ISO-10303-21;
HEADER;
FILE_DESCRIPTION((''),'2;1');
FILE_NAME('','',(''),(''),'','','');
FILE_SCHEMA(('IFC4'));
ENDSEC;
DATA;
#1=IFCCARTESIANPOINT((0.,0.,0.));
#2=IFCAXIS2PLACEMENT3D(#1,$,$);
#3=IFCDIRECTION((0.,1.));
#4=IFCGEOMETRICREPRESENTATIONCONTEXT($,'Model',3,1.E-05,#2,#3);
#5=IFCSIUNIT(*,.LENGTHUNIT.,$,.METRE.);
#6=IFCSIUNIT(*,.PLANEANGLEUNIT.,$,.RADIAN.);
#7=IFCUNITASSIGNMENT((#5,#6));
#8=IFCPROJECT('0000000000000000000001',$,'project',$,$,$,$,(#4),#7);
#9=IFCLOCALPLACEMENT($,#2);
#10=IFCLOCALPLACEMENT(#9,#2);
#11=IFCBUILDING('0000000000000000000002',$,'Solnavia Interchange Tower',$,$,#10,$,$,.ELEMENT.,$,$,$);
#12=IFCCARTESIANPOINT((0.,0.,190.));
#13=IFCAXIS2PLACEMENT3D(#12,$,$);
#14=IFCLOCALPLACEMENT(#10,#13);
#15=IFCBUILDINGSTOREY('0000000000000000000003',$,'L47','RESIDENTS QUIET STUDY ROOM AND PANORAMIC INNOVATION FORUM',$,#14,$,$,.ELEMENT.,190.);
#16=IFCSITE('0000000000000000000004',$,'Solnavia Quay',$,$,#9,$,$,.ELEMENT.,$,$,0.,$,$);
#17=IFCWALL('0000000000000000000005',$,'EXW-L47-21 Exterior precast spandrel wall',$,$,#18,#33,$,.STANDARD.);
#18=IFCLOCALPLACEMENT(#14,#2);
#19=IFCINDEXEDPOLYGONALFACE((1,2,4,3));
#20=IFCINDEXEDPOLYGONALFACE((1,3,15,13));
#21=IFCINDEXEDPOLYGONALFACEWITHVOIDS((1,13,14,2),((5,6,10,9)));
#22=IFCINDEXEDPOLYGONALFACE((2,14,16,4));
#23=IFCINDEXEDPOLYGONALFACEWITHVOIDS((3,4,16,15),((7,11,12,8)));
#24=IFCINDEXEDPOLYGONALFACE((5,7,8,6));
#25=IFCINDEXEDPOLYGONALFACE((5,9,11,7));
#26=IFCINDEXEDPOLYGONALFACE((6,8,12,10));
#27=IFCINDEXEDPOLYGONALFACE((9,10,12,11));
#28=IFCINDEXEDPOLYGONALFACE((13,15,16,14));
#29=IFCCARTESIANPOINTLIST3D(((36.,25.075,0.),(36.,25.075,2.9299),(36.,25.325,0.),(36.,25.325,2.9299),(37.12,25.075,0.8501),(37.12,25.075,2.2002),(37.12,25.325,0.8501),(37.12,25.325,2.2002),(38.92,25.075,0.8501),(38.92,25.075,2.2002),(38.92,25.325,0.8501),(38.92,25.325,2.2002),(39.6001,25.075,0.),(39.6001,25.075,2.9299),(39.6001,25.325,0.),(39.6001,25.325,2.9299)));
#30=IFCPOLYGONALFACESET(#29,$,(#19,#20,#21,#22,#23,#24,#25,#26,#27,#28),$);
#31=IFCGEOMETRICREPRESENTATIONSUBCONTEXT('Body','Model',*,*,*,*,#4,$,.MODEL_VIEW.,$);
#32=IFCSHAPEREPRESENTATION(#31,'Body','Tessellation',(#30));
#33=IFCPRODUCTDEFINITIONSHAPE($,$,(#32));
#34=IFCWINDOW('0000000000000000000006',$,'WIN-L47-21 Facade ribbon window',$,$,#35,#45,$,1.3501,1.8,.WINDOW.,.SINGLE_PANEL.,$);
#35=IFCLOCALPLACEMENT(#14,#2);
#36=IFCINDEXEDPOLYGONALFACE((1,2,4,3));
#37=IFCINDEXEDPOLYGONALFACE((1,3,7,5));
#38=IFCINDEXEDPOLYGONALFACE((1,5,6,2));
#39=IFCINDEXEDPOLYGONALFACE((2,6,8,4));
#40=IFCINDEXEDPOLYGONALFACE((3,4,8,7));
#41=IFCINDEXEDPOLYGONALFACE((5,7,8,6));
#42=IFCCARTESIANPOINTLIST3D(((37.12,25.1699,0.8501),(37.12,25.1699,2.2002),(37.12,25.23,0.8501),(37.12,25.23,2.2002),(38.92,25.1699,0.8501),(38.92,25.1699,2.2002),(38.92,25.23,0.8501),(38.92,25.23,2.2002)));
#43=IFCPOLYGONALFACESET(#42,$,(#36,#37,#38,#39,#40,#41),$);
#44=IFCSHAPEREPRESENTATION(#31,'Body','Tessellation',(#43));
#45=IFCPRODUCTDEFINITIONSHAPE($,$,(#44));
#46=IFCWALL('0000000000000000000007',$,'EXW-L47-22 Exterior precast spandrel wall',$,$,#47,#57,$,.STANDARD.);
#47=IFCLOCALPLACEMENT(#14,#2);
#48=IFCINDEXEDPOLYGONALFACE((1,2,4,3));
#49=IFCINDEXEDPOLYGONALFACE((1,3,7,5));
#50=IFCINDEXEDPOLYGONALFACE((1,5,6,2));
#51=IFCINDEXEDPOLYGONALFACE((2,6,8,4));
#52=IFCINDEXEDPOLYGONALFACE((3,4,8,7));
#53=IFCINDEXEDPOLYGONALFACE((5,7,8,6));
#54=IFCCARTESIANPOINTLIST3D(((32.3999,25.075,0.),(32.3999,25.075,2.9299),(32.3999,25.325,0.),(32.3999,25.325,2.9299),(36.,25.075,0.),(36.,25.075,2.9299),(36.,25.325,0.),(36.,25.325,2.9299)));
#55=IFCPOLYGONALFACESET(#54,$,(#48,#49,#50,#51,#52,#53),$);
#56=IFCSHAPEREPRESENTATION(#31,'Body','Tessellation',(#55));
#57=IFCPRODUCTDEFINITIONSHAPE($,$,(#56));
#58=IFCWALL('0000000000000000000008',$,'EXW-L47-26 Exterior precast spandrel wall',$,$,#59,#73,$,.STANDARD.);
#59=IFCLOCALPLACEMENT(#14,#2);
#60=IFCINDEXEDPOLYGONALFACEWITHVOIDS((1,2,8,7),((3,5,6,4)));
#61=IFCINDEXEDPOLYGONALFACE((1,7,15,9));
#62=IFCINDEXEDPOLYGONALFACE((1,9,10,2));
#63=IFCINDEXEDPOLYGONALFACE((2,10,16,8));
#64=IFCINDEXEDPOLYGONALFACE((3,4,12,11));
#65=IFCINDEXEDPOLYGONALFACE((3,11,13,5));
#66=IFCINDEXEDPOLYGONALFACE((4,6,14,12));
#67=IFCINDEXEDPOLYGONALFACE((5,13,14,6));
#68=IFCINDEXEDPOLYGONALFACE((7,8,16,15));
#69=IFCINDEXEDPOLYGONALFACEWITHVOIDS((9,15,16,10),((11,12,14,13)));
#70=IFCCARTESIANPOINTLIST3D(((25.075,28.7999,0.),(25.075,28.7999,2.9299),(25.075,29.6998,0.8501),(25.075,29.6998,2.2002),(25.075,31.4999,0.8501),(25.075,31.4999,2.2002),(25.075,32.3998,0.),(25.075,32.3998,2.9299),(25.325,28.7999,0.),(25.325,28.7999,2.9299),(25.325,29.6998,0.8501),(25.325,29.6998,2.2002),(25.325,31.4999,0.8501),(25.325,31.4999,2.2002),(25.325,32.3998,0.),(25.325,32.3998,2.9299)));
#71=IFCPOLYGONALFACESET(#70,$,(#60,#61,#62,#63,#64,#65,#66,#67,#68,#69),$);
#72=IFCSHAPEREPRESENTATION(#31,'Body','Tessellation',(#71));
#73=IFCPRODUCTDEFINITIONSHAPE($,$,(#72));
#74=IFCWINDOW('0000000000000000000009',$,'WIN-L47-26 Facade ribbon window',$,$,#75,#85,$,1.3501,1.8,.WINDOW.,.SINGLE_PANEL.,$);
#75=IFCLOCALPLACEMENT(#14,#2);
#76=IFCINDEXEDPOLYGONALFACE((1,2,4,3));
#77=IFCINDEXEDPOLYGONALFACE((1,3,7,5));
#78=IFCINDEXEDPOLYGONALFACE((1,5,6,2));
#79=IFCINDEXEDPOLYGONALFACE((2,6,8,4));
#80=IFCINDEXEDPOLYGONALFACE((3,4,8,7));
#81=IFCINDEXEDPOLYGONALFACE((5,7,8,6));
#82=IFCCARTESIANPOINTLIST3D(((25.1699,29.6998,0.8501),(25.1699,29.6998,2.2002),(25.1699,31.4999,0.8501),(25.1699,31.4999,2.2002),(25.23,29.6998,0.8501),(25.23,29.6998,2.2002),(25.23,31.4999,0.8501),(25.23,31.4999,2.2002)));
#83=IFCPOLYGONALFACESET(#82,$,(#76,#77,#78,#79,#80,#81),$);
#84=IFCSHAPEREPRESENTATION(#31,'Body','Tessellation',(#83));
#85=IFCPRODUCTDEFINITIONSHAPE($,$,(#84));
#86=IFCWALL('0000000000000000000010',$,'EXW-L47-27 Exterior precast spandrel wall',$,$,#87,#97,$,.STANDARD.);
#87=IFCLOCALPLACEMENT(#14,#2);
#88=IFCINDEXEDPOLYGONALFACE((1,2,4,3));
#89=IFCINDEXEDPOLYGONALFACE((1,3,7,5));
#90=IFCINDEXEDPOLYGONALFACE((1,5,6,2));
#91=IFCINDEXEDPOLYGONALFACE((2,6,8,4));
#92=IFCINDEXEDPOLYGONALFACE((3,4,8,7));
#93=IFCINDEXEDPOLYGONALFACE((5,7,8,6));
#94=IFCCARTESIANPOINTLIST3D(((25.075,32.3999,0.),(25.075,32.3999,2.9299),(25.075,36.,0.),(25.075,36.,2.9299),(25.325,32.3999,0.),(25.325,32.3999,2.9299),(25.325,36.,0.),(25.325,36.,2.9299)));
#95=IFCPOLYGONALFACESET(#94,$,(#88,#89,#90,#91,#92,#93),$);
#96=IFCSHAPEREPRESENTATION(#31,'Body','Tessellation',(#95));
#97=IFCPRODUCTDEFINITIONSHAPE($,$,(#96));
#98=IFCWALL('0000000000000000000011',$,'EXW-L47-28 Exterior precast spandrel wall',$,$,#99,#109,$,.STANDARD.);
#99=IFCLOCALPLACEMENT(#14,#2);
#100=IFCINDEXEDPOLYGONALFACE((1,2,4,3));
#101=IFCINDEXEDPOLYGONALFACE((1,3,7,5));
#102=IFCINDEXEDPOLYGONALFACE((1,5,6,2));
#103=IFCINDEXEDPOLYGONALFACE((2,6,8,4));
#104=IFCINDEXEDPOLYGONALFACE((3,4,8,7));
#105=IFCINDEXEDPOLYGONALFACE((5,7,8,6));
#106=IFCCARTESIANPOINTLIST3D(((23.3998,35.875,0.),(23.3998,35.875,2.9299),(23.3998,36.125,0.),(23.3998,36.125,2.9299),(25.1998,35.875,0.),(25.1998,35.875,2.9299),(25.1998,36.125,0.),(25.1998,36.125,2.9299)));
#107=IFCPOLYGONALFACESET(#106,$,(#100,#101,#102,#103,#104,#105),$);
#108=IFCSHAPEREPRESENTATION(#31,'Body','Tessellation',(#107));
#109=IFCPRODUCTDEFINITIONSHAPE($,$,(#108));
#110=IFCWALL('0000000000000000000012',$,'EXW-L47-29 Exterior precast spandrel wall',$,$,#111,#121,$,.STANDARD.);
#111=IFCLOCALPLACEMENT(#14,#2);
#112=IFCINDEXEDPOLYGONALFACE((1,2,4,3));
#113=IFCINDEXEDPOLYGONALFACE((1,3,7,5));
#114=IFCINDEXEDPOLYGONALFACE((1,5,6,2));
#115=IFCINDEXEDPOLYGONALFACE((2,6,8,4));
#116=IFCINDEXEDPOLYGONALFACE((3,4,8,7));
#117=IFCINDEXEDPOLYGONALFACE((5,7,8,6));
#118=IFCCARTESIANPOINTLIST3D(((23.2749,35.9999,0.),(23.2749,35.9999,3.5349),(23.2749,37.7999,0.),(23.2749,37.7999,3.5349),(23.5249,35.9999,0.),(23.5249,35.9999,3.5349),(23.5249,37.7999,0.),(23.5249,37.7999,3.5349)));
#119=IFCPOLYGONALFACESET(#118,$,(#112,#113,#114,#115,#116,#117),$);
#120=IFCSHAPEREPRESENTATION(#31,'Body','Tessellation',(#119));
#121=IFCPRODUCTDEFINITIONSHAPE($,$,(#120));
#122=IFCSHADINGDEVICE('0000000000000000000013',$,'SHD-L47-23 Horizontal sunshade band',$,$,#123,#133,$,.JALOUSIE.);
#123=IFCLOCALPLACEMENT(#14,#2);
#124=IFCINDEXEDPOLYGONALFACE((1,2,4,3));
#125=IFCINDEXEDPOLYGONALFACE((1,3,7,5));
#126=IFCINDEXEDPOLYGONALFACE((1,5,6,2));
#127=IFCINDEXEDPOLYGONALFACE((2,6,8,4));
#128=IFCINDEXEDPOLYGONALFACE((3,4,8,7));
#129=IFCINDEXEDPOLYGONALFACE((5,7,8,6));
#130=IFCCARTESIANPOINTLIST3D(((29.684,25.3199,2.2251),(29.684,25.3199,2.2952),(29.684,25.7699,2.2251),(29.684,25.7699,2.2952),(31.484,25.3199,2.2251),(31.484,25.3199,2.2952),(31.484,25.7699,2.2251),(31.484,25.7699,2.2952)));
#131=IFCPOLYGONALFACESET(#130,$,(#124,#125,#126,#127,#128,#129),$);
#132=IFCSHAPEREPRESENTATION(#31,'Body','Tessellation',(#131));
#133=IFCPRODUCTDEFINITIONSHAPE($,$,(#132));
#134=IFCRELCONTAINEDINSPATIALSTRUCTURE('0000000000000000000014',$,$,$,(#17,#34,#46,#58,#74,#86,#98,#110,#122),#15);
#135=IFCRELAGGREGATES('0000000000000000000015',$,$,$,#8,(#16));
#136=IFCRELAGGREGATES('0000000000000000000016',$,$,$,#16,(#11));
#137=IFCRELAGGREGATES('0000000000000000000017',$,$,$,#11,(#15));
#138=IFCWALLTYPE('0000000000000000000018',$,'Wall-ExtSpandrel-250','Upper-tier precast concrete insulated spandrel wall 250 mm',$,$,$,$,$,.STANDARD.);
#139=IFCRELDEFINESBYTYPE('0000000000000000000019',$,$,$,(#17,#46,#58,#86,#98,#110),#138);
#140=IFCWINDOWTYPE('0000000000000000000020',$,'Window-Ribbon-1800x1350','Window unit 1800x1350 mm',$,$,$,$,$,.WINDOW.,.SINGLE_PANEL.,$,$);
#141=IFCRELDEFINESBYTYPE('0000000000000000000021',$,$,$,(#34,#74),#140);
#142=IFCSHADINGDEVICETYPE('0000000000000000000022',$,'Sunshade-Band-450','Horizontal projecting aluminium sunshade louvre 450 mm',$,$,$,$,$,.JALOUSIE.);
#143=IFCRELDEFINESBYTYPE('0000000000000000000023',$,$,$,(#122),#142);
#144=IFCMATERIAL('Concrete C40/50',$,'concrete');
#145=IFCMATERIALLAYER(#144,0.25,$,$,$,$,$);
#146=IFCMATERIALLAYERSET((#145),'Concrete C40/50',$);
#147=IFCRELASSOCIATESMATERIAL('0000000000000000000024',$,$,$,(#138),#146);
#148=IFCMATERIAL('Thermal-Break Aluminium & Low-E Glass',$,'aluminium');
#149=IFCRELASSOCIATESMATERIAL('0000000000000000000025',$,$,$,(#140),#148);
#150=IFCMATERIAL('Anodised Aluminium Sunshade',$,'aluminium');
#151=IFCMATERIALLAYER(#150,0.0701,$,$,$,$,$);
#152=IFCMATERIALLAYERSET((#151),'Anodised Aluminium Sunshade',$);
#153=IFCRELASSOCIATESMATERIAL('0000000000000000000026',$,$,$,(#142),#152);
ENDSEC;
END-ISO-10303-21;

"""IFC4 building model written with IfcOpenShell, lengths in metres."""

from ifc_helpers import new_model, si_unit, direction, frame, frame_2d, origin, origin_2d, place, context, subcontext, project, spatial, rectangle, extrude, material, layer, layer_set, type_object, element, fill, save


model = new_model("IFC4")

# Units and contexts
model_context = context("Model", 3, precision=1e-05, world=origin(), true_north=direction((0.0, 1.0)))
body_context = subcontext(model_context, "Body", "Model", "MODEL_VIEW")
ifc_project = project(units=[si_unit("LENGTHUNIT", "METRE"), si_unit("PLANEANGLEUNIT", "RADIAN")], contexts=[model_context])

# Site, building, storey
site_placement = place(None, origin())
site = spatial("IfcSite", under=ifc_project, at=site_placement, Name="Solnavia Quay", CompositionType="ELEMENT", RefElevation=0.0)
building_placement = place(site_placement, origin())
building = spatial("IfcBuilding", under=site, at=building_placement, Name="Solnavia Interchange Tower", CompositionType="ELEMENT")
storey_placement = place(building_placement, frame((0.0, 0.0, 190.0)))
storey = spatial("IfcBuildingStorey", under=building, at=storey_placement, Name="L47", Description="RESIDENTS QUIET STUDY ROOM AND PANORAMIC INNOVATION FORUM", CompositionType="ELEMENT", Elevation=190.0)

# Wall, opening, window
ifc_material_1 = material(Name="Concrete C40/50", Category="concrete")
ifc_layer_1 = layer(ifc_material_1, 0.25)
ifc_layer_set_1 = layer_set([ifc_layer_1], Name="Concrete C40/50")
wall_type = type_object("IfcWallType", Name="Wall-ExtSpandrel-250", Description="Upper-tier precast concrete insulated spandrel wall 250 mm", PredefinedType="STANDARD", material=ifc_layer_set_1)
wall_1_placement = place(storey_placement, frame((36.0, 25.2, 0.0), z_axis=(0.0, 0.0, 1.0), x_axis=(1.0, 0.0, 0.0)))
wall_1 = element("IfcWall", 1, at=wall_1_placement, inside=storey, type_object=wall_type, Name="EXW-L47-21 Exterior precast spandrel wall", PredefinedType="STANDARD", context=body_context, shape_type="SweptSolid", body=[
    extrude(rectangle(XDim=3.6001, YDim=0.25, at=frame_2d((1.8, 0.0))), origin(), (0.0, 0.0, 1.0), 2.9299),
])
opening_1_placement = place(wall_1_placement, frame((1.1201, 0.0, 0.8501)))
opening_1 = element("IfcOpeningElement", 2, at=opening_1_placement, cuts=wall_1, PredefinedType="OPENING", context=body_context, shape_type="SweptSolid", body=[
    extrude(rectangle(XDim=1.8, YDim=1.3501, at=frame_2d((0.8999, 0.675))), frame((0.0, 0.135, 0.0), z_axis=(0.0, -1.0, 0.0), x_axis=(1.0, 0.0, 0.0)), (0.0, 0.0, 1.0), 0.27),
])
ifc_material_2 = material(Name="Thermal-Break Aluminium & Low-E Glass", Category="aluminium")
window_type = type_object("IfcWindowType", Name="Window-Ribbon-1800x1350", Description="Window unit 1800x1350 mm", PartitioningType="SINGLE_PANEL", PredefinedType="WINDOW", material=ifc_material_2)
window_1_placement = place(opening_1_placement, origin())
window_1 = element("IfcWindow", 3, at=window_1_placement, inside=storey, type_object=window_type, Name="WIN-L47-21 Facade ribbon window", OverallHeight=1.3501, OverallWidth=1.8, PartitioningType="SINGLE_PANEL", PredefinedType="WINDOW", context=body_context, shape_type="SweptSolid", body=[
    extrude(rectangle(XDim=1.8, YDim=1.3501, at=frame_2d((0.8999, 0.675))), frame((0.0, 0.03, 0.0), z_axis=(0.0, -1.0, 0.0), x_axis=(1.0, 0.0, 0.0)), (0.0, 0.0, 1.0), 0.0601),
])
fill(opening_1, window_1)

# Wall
wall_2_placement = place(storey_placement, frame((32.3999, 25.2, 0.0), z_axis=(0.0, 0.0, 1.0), x_axis=(1.0, 0.0, 0.0)))
element("IfcWall", 4, at=wall_2_placement, inside=storey, type_object=wall_type, Name="EXW-L47-22 Exterior precast spandrel wall", PredefinedType="STANDARD", context=body_context, shape_type="SweptSolid", body=[
    extrude(rectangle(XDim=3.6001, YDim=0.25, at=frame_2d((1.8, 0.0))), origin(), (0.0, 0.0, 1.0), 2.9299),
])

# Wall, opening, window
wall_3_placement = place(storey_placement, frame((25.2, 28.8, 0.0), z_axis=(0.0, 0.0, 1.0), x_axis=(0.0, 1.0, 0.0)))
wall_3 = element("IfcWall", 5, at=wall_3_placement, inside=storey, type_object=wall_type, Name="EXW-L47-26 Exterior precast spandrel wall", PredefinedType="STANDARD", context=body_context, shape_type="SweptSolid", body=[
    extrude(rectangle(XDim=3.5999, YDim=0.25, at=frame_2d((1.7998, 0.0))), origin(), (0.0, 0.0, 1.0), 2.9299),
])
opening_2_placement = place(wall_3_placement, frame((0.8999, 0.0, 0.8501)))
opening_2 = element("IfcOpeningElement", 6, at=opening_2_placement, cuts=wall_3, PredefinedType="OPENING", context=body_context, shape_type="SweptSolid", body=[
    extrude(rectangle(XDim=1.8, YDim=1.3501, at=frame_2d((0.8999, 0.675))), frame((0.0, 0.135, 0.0), z_axis=(0.0, -1.0, 0.0), x_axis=(1.0, 0.0, 0.0)), (0.0, 0.0, 1.0), 0.27),
])
window_2_placement = place(opening_2_placement, origin())
window_2 = element("IfcWindow", 7, at=window_2_placement, inside=storey, type_object=window_type, Name="WIN-L47-26 Facade ribbon window", OverallHeight=1.3501, OverallWidth=1.8, PartitioningType="SINGLE_PANEL", PredefinedType="WINDOW", context=body_context, shape_type="SweptSolid", body=[
    extrude(rectangle(XDim=1.8, YDim=1.3501, at=frame_2d((0.8999, 0.675))), frame((0.0, 0.03, 0.0), z_axis=(0.0, -1.0, 0.0), x_axis=(1.0, 0.0, 0.0)), (0.0, 0.0, 1.0), 0.0601),
])
fill(opening_2, window_2)

# Walls
wall_4_placement = place(storey_placement, frame((25.2, 32.3999, 0.0), z_axis=(0.0, 0.0, 1.0), x_axis=(0.0, 1.0, 0.0)))
element("IfcWall", 8, at=wall_4_placement, inside=storey, type_object=wall_type, Name="EXW-L47-27 Exterior precast spandrel wall", PredefinedType="STANDARD", context=body_context, shape_type="SweptSolid", body=[
    extrude(rectangle(XDim=3.6001, YDim=0.25, at=frame_2d((1.8, 0.0))), origin(), (0.0, 0.0, 1.0), 2.9299),
])
wall_5_placement = place(storey_placement, frame((23.3999, 36.0, 0.0), z_axis=(0.0, 0.0, 1.0), x_axis=(1.0, 0.0, 0.0)))
element("IfcWall", 9, at=wall_5_placement, inside=storey, type_object=wall_type, Name="EXW-L47-28 Exterior precast spandrel wall", PredefinedType="STANDARD", context=body_context, shape_type="SweptSolid", body=[
    extrude(rectangle(XDim=1.8, YDim=0.25, at=frame_2d((0.8999, 0.0))), origin(), (0.0, 0.0, 1.0), 2.9299),
])
wall_6_placement = place(storey_placement, frame((23.3999, 36.0, 0.0), z_axis=(0.0, 0.0, 1.0), x_axis=(0.0, 1.0, 0.0)))
element("IfcWall", 10, at=wall_6_placement, inside=storey, type_object=wall_type, Name="EXW-L47-29 Exterior precast spandrel wall", PredefinedType="STANDARD", context=body_context, shape_type="SweptSolid", body=[
    extrude(rectangle(XDim=1.8, YDim=0.25, at=frame_2d((0.8999, 0.0))), origin(), (0.0, 0.0, 1.0), 3.5349),
])

# Shading device
ifc_material_3 = material(Name="Anodised Aluminium Sunshade", Category="aluminium")
ifc_layer_2 = layer(ifc_material_3, 0.0701)
ifc_layer_set_2 = layer_set([ifc_layer_2], Name="Anodised Aluminium Sunshade")
shading_device_type = type_object("IfcShadingDeviceType", Name="Sunshade-Band-450", Description="Horizontal projecting aluminium sunshade louvre 450 mm", PredefinedType="JALOUSIE", material=ifc_layer_set_2)
shading_device_placement = place(storey_placement, frame((30.584, 25.5449, 2.2251), z_axis=(0.0, 0.0, 1.0), x_axis=(1.0, 0.0, 0.0)))
element("IfcShadingDevice", 11, at=shading_device_placement, inside=storey, type_object=shading_device_type, Name="SHD-L47-23 Horizontal sunshade band", PredefinedType="JALOUSIE", context=body_context, shape_type="SweptSolid", body=[
    extrude(rectangle(XDim=1.8, YDim=0.45, at=origin_2d()), origin(), (0.0, 0.0, 1.0), 0.0701),
])

save(model, "model.ifc")
